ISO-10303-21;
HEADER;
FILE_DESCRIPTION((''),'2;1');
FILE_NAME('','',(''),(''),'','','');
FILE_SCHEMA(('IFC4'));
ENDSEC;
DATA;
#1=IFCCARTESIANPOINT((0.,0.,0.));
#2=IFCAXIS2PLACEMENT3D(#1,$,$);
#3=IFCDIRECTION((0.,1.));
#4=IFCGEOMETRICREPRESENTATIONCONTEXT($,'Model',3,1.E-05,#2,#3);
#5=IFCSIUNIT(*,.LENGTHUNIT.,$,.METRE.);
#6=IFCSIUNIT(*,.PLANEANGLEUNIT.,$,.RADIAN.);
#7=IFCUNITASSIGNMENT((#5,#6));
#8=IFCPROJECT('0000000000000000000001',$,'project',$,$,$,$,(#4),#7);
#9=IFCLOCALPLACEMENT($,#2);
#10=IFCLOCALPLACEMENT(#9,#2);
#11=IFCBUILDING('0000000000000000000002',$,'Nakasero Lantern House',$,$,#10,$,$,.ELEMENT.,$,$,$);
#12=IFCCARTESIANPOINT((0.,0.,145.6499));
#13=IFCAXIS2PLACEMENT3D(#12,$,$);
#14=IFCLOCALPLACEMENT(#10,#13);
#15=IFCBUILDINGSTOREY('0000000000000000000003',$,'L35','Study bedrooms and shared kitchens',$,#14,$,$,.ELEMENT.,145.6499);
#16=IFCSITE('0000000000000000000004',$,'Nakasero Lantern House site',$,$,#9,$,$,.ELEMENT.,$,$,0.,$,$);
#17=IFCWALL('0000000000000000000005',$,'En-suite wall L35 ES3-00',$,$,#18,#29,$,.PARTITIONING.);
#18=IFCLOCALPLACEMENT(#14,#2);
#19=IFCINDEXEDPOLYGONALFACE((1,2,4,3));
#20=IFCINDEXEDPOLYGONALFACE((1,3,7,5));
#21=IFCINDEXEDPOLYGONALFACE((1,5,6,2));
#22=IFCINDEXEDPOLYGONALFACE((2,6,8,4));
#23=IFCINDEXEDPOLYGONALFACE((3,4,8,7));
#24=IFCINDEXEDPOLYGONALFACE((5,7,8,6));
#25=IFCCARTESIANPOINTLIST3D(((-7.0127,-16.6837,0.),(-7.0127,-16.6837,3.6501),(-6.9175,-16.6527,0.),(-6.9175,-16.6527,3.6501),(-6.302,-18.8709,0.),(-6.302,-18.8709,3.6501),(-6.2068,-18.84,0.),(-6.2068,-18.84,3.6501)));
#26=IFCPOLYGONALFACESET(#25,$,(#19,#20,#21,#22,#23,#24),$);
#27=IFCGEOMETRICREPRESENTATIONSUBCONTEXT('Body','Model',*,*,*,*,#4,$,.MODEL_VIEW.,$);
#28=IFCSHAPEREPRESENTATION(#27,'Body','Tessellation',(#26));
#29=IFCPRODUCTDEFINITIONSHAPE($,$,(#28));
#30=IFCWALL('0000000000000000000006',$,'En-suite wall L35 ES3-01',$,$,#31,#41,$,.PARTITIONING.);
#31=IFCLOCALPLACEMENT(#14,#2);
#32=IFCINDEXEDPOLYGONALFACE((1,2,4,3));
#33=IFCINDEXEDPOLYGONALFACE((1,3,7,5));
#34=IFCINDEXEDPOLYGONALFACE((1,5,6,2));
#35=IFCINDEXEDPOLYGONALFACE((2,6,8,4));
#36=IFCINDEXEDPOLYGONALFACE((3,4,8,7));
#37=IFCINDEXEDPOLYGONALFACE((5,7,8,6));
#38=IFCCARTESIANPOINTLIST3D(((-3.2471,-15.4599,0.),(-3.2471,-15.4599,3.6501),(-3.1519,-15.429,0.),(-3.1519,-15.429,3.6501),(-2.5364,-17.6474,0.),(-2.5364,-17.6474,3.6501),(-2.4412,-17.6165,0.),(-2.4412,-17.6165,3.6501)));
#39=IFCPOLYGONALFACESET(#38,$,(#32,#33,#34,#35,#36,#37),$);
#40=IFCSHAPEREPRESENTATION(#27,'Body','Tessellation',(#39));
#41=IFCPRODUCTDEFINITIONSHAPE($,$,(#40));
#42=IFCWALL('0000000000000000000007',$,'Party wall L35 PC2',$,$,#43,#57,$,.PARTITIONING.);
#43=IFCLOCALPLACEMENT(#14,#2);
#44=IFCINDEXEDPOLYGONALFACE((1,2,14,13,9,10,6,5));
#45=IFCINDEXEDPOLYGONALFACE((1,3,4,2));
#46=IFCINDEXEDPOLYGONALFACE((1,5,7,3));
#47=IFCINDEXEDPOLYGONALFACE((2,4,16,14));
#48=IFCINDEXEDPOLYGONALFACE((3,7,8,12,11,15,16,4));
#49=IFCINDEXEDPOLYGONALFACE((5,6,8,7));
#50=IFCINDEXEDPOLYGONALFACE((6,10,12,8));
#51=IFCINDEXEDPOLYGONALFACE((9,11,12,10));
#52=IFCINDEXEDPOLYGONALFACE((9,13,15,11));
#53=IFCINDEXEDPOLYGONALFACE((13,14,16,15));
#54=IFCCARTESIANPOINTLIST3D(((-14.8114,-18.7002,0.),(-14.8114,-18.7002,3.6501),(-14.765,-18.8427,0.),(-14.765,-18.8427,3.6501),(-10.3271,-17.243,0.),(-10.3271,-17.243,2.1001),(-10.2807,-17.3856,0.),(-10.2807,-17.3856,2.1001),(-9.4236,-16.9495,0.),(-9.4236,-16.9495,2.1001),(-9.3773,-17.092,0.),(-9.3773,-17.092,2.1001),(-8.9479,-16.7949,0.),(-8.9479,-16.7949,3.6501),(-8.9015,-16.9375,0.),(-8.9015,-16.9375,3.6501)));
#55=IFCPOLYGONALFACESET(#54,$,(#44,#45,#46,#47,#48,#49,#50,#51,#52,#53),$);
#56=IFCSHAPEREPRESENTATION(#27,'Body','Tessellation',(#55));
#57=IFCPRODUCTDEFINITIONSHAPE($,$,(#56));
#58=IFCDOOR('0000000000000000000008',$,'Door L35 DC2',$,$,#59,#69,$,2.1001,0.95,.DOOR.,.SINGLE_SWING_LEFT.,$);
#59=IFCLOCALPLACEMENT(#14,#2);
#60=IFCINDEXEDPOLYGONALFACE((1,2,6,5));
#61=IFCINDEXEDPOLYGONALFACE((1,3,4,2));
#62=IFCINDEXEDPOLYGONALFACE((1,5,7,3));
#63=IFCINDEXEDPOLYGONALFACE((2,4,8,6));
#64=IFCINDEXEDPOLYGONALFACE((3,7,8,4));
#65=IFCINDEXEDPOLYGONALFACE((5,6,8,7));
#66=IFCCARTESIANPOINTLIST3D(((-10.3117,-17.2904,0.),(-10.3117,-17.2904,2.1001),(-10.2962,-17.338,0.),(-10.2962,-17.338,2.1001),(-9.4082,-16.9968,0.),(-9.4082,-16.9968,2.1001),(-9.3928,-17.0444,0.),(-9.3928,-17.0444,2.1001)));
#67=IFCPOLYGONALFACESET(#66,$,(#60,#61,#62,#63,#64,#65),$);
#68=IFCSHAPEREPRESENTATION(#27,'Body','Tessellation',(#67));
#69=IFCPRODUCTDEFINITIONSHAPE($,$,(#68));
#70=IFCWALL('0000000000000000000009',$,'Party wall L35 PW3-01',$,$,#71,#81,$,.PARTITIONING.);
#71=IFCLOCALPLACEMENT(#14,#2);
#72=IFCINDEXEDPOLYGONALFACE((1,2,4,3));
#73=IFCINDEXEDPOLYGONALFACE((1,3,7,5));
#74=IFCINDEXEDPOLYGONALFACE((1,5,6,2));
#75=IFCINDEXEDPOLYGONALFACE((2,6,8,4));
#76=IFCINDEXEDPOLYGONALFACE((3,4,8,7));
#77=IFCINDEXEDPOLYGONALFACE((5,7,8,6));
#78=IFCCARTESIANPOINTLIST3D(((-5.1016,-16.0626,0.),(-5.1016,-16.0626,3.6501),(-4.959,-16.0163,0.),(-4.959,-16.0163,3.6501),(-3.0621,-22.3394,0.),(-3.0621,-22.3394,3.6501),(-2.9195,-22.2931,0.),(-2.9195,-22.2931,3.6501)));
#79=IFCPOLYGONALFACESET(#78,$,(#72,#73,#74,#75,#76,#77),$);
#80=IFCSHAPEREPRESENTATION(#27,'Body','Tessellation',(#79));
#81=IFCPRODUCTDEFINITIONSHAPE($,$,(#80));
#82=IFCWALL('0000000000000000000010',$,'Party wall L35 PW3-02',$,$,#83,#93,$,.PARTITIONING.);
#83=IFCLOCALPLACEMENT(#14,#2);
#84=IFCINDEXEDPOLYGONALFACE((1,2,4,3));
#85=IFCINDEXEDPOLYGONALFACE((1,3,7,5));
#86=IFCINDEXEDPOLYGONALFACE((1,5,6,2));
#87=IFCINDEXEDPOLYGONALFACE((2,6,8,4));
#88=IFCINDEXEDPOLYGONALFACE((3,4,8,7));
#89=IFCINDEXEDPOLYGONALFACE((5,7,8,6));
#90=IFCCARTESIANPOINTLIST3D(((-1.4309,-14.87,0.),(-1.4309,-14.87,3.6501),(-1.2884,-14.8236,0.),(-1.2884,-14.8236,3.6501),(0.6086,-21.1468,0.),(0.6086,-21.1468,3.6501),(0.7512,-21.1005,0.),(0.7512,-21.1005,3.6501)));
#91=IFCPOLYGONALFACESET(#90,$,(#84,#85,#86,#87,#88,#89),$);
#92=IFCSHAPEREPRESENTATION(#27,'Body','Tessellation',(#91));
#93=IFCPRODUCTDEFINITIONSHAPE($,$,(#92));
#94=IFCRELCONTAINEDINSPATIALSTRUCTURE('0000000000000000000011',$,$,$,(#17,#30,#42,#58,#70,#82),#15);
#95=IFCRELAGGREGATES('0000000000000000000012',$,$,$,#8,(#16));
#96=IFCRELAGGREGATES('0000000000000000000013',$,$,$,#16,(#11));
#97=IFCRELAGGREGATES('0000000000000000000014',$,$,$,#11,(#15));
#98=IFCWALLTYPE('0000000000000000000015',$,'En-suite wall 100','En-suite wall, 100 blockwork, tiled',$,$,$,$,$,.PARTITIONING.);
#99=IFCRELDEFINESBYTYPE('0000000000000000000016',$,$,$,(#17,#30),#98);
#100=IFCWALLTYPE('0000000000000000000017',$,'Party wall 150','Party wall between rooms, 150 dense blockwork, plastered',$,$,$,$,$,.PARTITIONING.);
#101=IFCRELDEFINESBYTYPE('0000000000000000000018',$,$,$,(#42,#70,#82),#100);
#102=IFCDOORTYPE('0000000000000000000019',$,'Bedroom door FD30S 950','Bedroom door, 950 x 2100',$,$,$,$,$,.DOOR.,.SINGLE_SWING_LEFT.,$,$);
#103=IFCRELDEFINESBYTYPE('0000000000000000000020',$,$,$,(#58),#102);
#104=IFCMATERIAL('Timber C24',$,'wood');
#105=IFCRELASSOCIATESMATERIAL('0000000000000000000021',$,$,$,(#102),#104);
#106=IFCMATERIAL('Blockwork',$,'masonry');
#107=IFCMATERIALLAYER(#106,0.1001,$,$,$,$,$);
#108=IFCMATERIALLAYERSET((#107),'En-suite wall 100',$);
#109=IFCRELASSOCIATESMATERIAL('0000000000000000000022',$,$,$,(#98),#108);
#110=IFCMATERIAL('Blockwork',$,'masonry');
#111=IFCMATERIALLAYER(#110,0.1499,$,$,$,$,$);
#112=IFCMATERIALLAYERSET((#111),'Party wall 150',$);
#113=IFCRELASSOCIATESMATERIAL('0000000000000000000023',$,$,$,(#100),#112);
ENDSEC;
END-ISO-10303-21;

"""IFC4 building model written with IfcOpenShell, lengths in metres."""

from ifc_helpers import new_model, si_unit, direction, frame, frame_2d, origin, place, context, subcontext, project, spatial, rectangle, extrude, material, layer, layer_set, type_object, element, fill, save


model = new_model("IFC4")

# Units and contexts
model_context = context("Model", 3, precision=1e-05, world=origin(), true_north=direction((0.0, 1.0)))
body_context = subcontext(model_context, "Body", "Model", "MODEL_VIEW")
ifc_project = project(units=[si_unit("LENGTHUNIT", "METRE"), si_unit("PLANEANGLEUNIT", "RADIAN")], contexts=[model_context])

# Site, building, storey
site_placement = place(None, origin())
site = spatial("IfcSite", under=ifc_project, at=site_placement, Name="Nakasero Lantern House site", CompositionType="ELEMENT", RefElevation=0.0)
building_placement = place(site_placement, origin())
building = spatial("IfcBuilding", under=site, at=building_placement, Name="Nakasero Lantern House", CompositionType="ELEMENT")
storey_placement = place(building_placement, frame((0.0, 0.0, 145.6499)))
storey = spatial("IfcBuildingStorey", under=building, at=storey_placement, Name="L35", Description="Study bedrooms and shared kitchens", CompositionType="ELEMENT", Elevation=145.6499)

# Shared definitions
ifc_material_1 = material(Name="Timber C24", Category="wood")
door_type_1 = type_object("IfcDoorType", Name="Bedroom door FD30S 950", Description="Bedroom door, 950 x 2100", OperationType="SINGLE_SWING_LEFT", PredefinedType="DOOR", material=ifc_material_1)

# Walls
ifc_material_2 = material(Name="Blockwork", Category="masonry")
ifc_layer_1 = layer(ifc_material_2, 0.1001)
ifc_layer_set_1 = layer_set([ifc_layer_1], Name="En-suite wall 100")
wall_type_1 = type_object("IfcWallType", Name="En-suite wall 100", Description="En-suite wall, 100 blockwork, tiled", PredefinedType="PARTITIONING", material=ifc_layer_set_1)
wall_1_placement = place(storey_placement, frame((-6.9651, -16.6682, 0.0), z_axis=(0.0, 0.0, 1.0), x_axis=(0.309021, -0.951055, 0.0)))
element("IfcWall", 1, at=wall_1_placement, inside=storey, type_object=wall_type_1, Name="En-suite wall L35 ES3-00", PredefinedType="PARTITIONING", context=body_context, shape_type="SweptSolid", body=[
    extrude(rectangle(XDim=2.2998, YDim=0.1001, at=frame_2d((1.1499, 0.0))), origin(), (0.0, 0.0, 1.0), 3.6501),
])
wall_2_placement = place(storey_placement, frame((-3.1995, -15.4446, 0.0), z_axis=(0.0, 0.0, 1.0), x_axis=(0.30899, -0.951065, 0.0)))
element("IfcWall", 2, at=wall_2_placement, inside=storey, type_object=wall_type_1, Name="En-suite wall L35 ES3-01", PredefinedType="PARTITIONING", context=body_context, shape_type="SweptSolid", body=[
    extrude(rectangle(XDim=2.3, YDim=0.1001, at=frame_2d((1.1499, 0.0))), origin(), (0.0, 0.0, 1.0), 3.6501),
])

# Wall, opening, door
ifc_material_3 = material(Name="Blockwork", Category="masonry")
ifc_layer_2 = layer(ifc_material_3, 0.1499)
ifc_layer_set_2 = layer_set([ifc_layer_2], Name="Party wall 150")
wall_type_2 = type_object("IfcWallType", Name="Party wall 150", Description="Party wall between rooms, 150 dense blockwork, plastered", PredefinedType="PARTITIONING", material=ifc_layer_set_2)
wall_3_placement = place(storey_placement, frame((-8.9248, -16.8662, 0.0), z_axis=(0.0, 0.0, 1.0), x_axis=(-0.951052, -0.309031, 0.0)))
wall_3 = element("IfcWall", 3, at=wall_3_placement, inside=storey, type_object=wall_type_2, Name="Party wall L35 PC2", PredefinedType="PARTITIONING", context=body_context, shape_type="SweptSolid", body=[
    extrude(rectangle(XDim=6.1653, YDim=0.1499, at=frame_2d((3.0825, 0.0))), origin(), (0.0, 0.0, 1.0), 3.6501),
])
opening_1_placement = place(wall_3_placement, frame((0.5, 0.0, 0.0)))
opening_1 = element("IfcOpeningElement", 4, at=opening_1_placement, cuts=wall_3, PredefinedType="OPENING", context=body_context, shape_type="SweptSolid", body=[
    extrude(rectangle(XDim=0.95, YDim=2.1001, at=frame_2d((0.4751, 1.05))), frame((0.0, 0.095, 0.0), z_axis=(0.0, -1.0, 0.0), x_axis=(1.0, 0.0, 0.0)), (0.0, 0.0, 1.0), 0.1899),
])
door_1_placement = place(opening_1_placement, origin())
door_1 = element("IfcDoor", 5, at=door_1_placement, inside=storey, type_object=door_type_1, Name="Door L35 DC2", OperationType="SINGLE_SWING_LEFT", OverallHeight=2.1001, OverallWidth=0.95, PredefinedType="DOOR", context=body_context, shape_type="SweptSolid", body=[
    extrude(rectangle(XDim=0.95, YDim=2.1001, at=frame_2d((0.4751, 1.05))), frame((0.0, 0.0249, 0.0), z_axis=(0.0, -1.0, 0.0), x_axis=(1.0, 0.0, 0.0)), (0.0, 0.0, 1.0), 0.05),
])
fill(opening_1, door_1)

# Walls
for number, where, z_axis, x_axis, name in (
    (6, (-5.0303, -16.0396, 0.0), (0.0, 0.0, 1.0), (0.309028, -0.951053, 0.0), "Party wall L35 PW3-01"),
    (7, (-1.3596, -14.8469, 0.0), (0.0, 0.0, 1.0), (0.309028, -0.951053, 0.0), "Party wall L35 PW3-02"),
):
    element("IfcWall", number, at=place(storey_placement, frame(where, z_axis=z_axis, x_axis=x_axis)), inside=storey, type_object=wall_type_2, Name=name, PredefinedType="PARTITIONING", context=body_context, shape_type="SweptSolid", body=[
        extrude(rectangle(XDim=6.5999, YDim=0.1499, at=frame_2d((3.2998, 0.0))), origin(), (0.0, 0.0, 1.0), 3.6501),
    ])

save(model, "model.ifc")
